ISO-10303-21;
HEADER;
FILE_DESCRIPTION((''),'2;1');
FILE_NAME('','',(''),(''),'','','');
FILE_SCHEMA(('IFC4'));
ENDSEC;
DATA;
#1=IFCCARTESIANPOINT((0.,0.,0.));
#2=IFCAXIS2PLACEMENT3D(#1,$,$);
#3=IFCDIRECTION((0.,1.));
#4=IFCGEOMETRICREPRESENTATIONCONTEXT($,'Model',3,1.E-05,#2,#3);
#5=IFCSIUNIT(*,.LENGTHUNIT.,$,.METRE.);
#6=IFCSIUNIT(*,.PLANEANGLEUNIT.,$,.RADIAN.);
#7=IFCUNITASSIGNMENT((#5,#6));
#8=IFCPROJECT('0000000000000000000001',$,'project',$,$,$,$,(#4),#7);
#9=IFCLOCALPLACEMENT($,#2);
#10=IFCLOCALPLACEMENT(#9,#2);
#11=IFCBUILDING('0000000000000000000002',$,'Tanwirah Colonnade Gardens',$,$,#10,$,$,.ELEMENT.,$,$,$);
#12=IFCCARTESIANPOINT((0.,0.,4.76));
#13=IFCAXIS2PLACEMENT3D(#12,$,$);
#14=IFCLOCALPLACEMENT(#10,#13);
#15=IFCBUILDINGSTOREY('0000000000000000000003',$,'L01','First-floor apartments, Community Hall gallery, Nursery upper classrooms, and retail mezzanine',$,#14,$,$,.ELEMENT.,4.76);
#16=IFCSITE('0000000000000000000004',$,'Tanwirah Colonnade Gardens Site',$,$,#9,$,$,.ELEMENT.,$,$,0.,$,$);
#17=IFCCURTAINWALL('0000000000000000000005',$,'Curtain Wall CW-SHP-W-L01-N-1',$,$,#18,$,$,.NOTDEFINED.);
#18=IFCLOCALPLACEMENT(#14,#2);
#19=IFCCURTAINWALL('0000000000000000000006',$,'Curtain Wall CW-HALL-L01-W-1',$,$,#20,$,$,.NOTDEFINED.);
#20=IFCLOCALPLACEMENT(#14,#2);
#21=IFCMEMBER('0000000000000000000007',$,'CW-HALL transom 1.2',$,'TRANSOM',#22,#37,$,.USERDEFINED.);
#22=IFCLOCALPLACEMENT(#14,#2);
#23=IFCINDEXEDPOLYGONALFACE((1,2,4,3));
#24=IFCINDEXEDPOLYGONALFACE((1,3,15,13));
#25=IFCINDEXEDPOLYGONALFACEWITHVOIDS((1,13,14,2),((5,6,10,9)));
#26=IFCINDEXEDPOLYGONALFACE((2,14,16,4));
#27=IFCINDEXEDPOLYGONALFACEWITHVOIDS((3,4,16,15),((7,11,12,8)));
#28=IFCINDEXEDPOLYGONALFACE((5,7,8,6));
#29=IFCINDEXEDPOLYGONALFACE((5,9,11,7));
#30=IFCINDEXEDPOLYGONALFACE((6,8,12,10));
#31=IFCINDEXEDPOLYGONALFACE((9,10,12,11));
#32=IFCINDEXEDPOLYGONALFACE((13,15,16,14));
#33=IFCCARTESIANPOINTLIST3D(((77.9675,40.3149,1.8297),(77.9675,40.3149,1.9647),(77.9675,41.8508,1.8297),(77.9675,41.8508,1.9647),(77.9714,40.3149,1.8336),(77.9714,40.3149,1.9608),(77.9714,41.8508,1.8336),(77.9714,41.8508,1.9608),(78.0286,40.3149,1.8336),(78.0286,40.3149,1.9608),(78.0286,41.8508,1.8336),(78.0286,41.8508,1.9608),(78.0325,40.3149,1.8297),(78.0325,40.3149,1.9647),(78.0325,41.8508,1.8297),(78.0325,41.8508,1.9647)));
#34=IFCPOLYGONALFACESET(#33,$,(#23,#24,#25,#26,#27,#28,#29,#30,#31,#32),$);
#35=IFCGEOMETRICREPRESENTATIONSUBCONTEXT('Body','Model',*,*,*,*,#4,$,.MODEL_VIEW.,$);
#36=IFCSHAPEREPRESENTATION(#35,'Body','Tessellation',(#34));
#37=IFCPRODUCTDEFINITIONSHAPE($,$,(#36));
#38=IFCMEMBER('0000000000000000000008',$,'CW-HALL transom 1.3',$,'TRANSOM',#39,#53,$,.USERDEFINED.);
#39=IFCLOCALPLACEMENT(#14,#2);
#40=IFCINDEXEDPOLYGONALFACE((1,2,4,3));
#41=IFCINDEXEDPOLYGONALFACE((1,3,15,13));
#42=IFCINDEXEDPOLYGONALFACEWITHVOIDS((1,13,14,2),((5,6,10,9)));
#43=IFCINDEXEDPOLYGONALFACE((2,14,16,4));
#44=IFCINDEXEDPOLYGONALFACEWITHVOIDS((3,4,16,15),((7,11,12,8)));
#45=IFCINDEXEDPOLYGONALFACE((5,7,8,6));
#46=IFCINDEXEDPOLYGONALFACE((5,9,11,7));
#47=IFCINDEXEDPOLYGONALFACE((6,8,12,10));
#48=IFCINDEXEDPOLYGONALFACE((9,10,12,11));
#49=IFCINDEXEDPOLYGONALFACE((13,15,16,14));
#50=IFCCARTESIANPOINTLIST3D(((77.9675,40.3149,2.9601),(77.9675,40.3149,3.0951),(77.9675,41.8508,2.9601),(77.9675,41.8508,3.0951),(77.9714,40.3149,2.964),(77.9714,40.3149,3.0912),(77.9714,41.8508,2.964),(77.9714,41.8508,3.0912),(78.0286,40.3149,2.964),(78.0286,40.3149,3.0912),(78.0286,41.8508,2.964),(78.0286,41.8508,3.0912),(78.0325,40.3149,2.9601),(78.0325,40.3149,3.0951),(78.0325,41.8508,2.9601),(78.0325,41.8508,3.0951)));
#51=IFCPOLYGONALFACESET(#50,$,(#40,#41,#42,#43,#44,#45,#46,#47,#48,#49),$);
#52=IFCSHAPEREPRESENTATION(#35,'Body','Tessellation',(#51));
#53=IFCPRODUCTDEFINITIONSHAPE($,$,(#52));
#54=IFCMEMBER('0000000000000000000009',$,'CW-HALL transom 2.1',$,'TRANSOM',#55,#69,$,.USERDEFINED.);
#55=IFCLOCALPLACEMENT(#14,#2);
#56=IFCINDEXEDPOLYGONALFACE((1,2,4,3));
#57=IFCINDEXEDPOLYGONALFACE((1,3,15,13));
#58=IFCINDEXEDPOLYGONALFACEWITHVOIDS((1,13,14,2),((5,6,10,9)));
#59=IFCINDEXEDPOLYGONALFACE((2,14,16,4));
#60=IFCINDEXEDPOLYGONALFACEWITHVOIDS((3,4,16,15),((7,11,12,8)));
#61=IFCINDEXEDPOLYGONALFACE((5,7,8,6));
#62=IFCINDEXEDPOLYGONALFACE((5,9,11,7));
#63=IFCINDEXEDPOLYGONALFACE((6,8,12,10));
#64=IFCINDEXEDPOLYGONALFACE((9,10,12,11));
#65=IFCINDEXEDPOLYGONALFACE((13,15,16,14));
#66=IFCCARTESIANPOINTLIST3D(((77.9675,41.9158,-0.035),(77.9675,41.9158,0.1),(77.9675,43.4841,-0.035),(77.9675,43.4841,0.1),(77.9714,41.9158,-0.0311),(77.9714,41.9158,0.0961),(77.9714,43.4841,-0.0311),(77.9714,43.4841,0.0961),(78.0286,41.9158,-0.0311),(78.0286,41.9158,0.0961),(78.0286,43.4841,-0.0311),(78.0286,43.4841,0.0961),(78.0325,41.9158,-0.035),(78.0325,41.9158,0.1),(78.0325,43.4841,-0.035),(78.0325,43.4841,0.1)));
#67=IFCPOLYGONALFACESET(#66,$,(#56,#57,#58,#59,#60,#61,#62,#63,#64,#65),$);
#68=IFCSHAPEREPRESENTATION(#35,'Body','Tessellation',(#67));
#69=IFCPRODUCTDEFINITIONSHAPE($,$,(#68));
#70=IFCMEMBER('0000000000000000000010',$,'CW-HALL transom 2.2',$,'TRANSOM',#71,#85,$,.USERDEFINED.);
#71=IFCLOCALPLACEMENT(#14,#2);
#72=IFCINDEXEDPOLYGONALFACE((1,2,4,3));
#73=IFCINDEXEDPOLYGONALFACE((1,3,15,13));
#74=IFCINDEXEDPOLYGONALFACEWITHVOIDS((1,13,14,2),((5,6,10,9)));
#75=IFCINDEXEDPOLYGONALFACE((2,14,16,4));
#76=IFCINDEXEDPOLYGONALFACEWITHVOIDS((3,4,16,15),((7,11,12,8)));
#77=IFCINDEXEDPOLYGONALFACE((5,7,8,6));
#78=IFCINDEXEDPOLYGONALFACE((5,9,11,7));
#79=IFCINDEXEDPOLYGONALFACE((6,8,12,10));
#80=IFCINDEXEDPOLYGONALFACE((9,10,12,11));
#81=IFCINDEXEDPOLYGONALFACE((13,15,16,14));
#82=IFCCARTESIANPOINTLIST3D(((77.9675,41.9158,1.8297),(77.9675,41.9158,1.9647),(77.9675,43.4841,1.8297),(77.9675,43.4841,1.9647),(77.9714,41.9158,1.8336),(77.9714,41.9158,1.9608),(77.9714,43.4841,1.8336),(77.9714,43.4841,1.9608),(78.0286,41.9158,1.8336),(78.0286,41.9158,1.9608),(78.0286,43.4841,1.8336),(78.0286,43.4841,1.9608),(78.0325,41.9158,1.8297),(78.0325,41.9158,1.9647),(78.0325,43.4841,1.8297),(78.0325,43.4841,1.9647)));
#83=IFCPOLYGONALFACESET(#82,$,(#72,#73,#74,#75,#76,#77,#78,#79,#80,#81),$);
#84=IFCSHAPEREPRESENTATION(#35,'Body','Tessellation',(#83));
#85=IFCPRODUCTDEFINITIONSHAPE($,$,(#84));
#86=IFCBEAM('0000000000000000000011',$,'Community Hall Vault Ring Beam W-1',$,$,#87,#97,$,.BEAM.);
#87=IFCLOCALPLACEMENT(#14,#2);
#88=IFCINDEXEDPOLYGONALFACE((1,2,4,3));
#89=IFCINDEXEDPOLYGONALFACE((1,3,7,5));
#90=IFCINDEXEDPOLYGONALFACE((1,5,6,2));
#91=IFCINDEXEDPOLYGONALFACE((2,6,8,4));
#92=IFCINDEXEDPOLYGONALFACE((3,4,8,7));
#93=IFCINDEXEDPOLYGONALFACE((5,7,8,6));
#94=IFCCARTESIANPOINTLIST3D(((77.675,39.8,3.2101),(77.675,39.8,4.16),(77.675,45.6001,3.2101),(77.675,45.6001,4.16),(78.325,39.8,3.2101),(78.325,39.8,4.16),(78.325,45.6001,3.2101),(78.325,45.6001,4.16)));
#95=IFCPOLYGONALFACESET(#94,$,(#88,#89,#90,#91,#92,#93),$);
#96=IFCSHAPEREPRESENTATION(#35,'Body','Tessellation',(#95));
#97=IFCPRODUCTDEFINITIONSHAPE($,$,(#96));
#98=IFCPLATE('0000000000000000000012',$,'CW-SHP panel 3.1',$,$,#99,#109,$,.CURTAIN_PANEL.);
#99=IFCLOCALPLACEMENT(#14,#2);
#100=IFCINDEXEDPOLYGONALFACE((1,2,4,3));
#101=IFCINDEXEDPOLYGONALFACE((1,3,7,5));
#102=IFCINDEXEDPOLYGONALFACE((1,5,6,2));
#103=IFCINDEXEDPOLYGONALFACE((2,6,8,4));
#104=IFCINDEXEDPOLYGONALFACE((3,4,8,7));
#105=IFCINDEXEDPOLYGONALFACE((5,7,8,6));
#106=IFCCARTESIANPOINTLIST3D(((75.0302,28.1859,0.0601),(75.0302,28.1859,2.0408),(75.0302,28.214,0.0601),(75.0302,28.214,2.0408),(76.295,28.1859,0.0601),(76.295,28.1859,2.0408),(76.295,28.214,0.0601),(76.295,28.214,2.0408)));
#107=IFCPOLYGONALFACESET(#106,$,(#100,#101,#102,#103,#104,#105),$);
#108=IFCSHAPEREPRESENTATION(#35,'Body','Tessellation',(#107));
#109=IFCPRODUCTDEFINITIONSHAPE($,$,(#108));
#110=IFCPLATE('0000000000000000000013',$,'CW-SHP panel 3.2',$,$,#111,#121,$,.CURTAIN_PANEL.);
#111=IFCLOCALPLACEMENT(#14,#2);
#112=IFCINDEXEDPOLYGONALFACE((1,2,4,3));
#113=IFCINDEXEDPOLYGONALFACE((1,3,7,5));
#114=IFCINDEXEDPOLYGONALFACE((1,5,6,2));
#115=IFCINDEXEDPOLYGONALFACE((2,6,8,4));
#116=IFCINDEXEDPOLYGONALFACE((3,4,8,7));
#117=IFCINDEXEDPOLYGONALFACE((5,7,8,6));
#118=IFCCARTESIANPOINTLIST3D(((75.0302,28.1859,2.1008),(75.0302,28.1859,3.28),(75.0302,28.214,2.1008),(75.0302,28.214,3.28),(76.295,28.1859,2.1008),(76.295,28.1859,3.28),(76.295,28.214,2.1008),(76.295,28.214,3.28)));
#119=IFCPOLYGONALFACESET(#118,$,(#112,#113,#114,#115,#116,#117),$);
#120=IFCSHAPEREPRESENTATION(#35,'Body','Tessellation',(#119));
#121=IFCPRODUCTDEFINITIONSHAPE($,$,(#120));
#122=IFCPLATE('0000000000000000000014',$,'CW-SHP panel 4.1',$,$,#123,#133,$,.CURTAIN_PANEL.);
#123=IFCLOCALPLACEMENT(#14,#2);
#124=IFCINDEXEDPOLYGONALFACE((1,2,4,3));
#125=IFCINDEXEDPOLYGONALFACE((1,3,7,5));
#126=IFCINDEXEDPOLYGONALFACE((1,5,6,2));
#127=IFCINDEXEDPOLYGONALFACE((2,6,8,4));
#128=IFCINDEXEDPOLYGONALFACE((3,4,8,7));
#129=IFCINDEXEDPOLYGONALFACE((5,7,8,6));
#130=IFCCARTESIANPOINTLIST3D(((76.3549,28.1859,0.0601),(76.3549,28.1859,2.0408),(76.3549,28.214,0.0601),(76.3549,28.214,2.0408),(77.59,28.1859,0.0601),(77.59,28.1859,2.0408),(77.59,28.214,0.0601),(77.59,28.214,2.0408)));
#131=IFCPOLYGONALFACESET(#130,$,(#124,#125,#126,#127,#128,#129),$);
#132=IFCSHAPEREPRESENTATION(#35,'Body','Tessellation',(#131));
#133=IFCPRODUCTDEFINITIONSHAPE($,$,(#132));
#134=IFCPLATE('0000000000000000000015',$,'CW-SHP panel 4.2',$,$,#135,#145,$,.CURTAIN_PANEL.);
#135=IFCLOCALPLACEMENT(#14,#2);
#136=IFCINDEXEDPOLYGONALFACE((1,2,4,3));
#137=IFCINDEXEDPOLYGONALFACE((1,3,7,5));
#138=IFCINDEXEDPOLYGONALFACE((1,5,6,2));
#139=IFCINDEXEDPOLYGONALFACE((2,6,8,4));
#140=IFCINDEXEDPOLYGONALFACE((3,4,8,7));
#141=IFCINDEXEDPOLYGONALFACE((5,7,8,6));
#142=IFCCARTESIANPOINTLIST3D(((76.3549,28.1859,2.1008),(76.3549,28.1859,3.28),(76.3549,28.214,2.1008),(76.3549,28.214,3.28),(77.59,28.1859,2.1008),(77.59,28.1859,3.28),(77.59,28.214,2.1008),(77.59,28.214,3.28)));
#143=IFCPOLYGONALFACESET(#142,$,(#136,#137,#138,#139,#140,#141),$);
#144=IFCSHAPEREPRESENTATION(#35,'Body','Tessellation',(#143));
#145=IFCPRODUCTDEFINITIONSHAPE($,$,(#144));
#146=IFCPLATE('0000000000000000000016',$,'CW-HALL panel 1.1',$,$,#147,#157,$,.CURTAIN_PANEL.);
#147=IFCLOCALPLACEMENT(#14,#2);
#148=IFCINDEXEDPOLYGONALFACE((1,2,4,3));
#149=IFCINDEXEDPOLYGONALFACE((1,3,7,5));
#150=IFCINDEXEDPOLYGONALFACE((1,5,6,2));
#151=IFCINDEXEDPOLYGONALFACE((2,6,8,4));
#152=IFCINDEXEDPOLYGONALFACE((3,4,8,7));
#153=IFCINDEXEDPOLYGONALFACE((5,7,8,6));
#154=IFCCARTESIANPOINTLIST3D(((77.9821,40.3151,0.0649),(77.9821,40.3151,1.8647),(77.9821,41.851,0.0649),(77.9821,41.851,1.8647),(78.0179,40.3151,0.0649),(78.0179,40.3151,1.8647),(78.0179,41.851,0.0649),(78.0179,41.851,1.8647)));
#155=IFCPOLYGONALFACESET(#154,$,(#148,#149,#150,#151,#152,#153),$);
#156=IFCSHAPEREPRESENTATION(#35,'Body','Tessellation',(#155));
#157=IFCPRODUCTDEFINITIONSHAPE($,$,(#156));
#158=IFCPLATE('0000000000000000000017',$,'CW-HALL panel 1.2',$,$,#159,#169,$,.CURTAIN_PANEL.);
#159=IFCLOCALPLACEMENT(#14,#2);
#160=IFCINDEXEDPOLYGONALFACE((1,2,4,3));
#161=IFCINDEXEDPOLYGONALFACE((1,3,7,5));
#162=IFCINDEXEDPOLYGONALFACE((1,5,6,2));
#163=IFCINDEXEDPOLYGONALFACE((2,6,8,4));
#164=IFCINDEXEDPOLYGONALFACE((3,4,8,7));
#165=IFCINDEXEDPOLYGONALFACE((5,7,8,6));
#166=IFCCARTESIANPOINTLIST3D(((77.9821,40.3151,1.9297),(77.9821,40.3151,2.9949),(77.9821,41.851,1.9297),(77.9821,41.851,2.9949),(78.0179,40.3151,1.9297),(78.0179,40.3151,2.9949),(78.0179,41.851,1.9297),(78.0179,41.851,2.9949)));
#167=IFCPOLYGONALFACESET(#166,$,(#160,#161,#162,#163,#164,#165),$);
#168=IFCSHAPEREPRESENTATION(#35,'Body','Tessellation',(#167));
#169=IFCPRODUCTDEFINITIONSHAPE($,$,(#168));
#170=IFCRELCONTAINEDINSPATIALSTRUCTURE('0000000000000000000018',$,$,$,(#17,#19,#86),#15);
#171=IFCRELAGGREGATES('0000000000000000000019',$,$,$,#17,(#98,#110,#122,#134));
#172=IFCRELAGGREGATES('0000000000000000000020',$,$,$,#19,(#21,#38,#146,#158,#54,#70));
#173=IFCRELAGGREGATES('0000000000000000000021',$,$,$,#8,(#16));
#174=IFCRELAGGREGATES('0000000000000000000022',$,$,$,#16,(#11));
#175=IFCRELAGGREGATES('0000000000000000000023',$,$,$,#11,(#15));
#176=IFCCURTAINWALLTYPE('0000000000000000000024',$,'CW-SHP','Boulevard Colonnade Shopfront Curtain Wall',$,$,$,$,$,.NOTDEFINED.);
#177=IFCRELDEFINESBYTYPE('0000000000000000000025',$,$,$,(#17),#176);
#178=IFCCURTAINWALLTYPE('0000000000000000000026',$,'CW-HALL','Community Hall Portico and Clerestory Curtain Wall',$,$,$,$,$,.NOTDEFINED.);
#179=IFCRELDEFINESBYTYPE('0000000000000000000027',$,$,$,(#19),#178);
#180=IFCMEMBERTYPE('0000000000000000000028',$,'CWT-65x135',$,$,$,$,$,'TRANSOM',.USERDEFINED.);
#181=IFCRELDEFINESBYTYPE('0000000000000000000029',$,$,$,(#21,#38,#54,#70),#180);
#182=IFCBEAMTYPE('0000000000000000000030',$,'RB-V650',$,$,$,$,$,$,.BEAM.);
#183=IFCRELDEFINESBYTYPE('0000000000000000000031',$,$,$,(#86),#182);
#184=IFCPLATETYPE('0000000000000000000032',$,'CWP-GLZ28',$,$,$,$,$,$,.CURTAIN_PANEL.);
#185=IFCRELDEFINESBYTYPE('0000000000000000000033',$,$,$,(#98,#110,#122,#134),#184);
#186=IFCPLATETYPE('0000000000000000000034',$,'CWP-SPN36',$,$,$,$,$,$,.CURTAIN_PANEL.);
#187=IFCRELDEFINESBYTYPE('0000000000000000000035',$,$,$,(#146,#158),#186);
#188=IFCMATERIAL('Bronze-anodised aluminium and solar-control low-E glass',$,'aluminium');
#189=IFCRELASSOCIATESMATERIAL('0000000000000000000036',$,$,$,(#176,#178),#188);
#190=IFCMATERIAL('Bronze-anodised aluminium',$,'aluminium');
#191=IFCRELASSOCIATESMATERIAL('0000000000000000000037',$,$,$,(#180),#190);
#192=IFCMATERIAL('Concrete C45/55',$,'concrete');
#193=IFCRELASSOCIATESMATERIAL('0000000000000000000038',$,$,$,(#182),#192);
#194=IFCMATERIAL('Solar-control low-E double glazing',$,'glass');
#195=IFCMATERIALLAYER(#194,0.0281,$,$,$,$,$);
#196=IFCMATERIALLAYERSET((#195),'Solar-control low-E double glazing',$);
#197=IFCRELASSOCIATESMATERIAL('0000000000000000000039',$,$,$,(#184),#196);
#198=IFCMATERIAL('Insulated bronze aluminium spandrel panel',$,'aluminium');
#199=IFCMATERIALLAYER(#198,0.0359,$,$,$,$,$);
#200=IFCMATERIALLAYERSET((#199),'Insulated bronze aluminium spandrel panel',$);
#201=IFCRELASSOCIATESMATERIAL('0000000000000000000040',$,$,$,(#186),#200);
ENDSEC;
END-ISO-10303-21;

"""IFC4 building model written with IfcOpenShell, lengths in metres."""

from ifc_helpers import new_model, si_unit, direction, frame, origin, origin_2d, place, context, subcontext, project, spatial, rectangle, hollow_rectangle, extrude, material, layer, layer_set, material_profile, profile_set, type_object, element, aggregate, save


model = new_model("IFC4")

# Units and contexts
model_context = context("Model", 3, precision=1e-05, world=origin(), true_north=direction((0.0, 1.0)))
body_context = subcontext(model_context, "Body", "Model", "MODEL_VIEW")
ifc_project = project(units=[si_unit("LENGTHUNIT", "METRE"), si_unit("PLANEANGLEUNIT", "RADIAN")], contexts=[model_context])

# Site, building, storey
site_placement = place(None, origin())
site = spatial("IfcSite", under=ifc_project, at=site_placement, Name="Tanwirah Colonnade Gardens Site", CompositionType="ELEMENT", RefElevation=0.0)
building_placement = place(site_placement, origin())
building = spatial("IfcBuilding", under=site, at=building_placement, Name="Tanwirah Colonnade Gardens", CompositionType="ELEMENT")
storey_placement = place(building_placement, frame((0.0, 0.0, 4.76)))
storey = spatial("IfcBuildingStorey", under=building, at=storey_placement, Name="L01", Description="First-floor apartments, Community Hall gallery, Nursery upper classrooms, and retail mezzanine", CompositionType="ELEMENT", Elevation=4.76)

# Shared definitions
ifc_material_1 = material(Name="Concrete C45/55", Category="concrete")

# Curtain walls
ifc_material_2 = material(Name="Bronze-anodised aluminium and solar-control low-E glass", Category="aluminium")
curtain_wall_type_1 = type_object("IfcCurtainWallType", Name="CW-SHP", Description="Boulevard Colonnade Shopfront Curtain Wall", PredefinedType="NOTDEFINED", material=ifc_material_2)
curtain_wall_1_placement = place(storey_placement, origin())
curtain_wall_1 = element("IfcCurtainWall", 1, at=curtain_wall_1_placement, inside=storey, type_object=curtain_wall_type_1, Name="Curtain Wall CW-SHP-W-L01-N-1", PredefinedType="NOTDEFINED")
ifc_material_3 = material(Name="Bronze-anodised aluminium", Category="aluminium")
curtain_wall_type_2 = type_object("IfcCurtainWallType", Name="CW-HALL", Description="Community Hall Portico and Clerestory Curtain Wall", PredefinedType="NOTDEFINED", material=ifc_material_2)
curtain_wall_2_placement = place(storey_placement, origin())
curtain_wall_2 = element("IfcCurtainWall", 2, at=curtain_wall_2_placement, inside=storey, type_object=curtain_wall_type_2, Name="Curtain Wall CW-HALL-L01-W-1", PredefinedType="NOTDEFINED")

# Members
ifc_material_profile_1 = material_profile(ifc_material_3, hollow_rectangle(XDim=0.0649, YDim=0.135, WallThickness=0.0039, at=origin_2d()), Name="CW-TRN 65x135x4")
ifc_profile_set_1 = profile_set([ifc_material_profile_1], Name="Bronze-anodised aluminium")
member_type_1 = type_object("IfcMemberType", Name="CWT-65x135", ElementType="TRANSOM", PredefinedType="USERDEFINED", material=ifc_profile_set_1)
member_1_placement = place(storey_placement, frame((78.0, 40.3149, 1.8972), z_axis=(0.0, 1.0, 0.0), x_axis=(-1.0, 0.0, 0.0)))
member_1 = element("IfcMember", 3, at=member_1_placement, type_object=member_type_1, Name="CW-HALL transom 1.2", ObjectType="TRANSOM", PredefinedType="USERDEFINED", context=body_context, shape_type="SweptSolid", body=[
    extrude(hollow_rectangle(XDim=0.0649, YDim=0.135, WallThickness=0.0039, at=origin_2d()), origin(), (0.0, 0.0, 1.0), 1.5359),
])
member_2_placement = place(storey_placement, frame((78.0, 40.3149, 3.0276), z_axis=(0.0, 1.0, 0.0), x_axis=(-1.0, 0.0, 0.0)))
member_2 = element("IfcMember", 4, at=member_2_placement, type_object=member_type_1, Name="CW-HALL transom 1.3", ObjectType="TRANSOM", PredefinedType="USERDEFINED", context=body_context, shape_type="SweptSolid", body=[
    extrude(hollow_rectangle(XDim=0.0649, YDim=0.135, WallThickness=0.0039, at=origin_2d()), origin(), (0.0, 0.0, 1.0), 1.5359),
])
member_3_placement = place(storey_placement, frame((78.0, 41.9158, 0.0325), z_axis=(0.0, 1.0, 0.0), x_axis=(-1.0, 0.0, 0.0)))
member_3 = element("IfcMember", 5, at=member_3_placement, type_object=member_type_1, Name="CW-HALL transom 2.1", ObjectType="TRANSOM", PredefinedType="USERDEFINED", context=body_context, shape_type="SweptSolid", body=[
    extrude(hollow_rectangle(XDim=0.0649, YDim=0.135, WallThickness=0.0039, at=origin_2d()), origin(), (0.0, 0.0, 1.0), 1.5684),
])
member_4_placement = place(storey_placement, frame((78.0, 41.9158, 1.8972), z_axis=(0.0, 1.0, 0.0), x_axis=(-1.0, 0.0, 0.0)))
member_4 = element("IfcMember", 6, at=member_4_placement, type_object=member_type_1, Name="CW-HALL transom 2.2", ObjectType="TRANSOM", PredefinedType="USERDEFINED", context=body_context, shape_type="SweptSolid", body=[
    extrude(hollow_rectangle(XDim=0.0649, YDim=0.135, WallThickness=0.0039, at=origin_2d()), origin(), (0.0, 0.0, 1.0), 1.5684),
])

# Beam
ifc_material_profile_2 = material_profile(ifc_material_1, rectangle(XDim=0.6499, YDim=0.95, at=origin_2d()), Name="RC-RB 650x950")
ifc_profile_set_2 = profile_set([ifc_material_profile_2], Name="Concrete C45/55")
beam_type = type_object("IfcBeamType", Name="RB-V650", PredefinedType="BEAM", material=ifc_profile_set_2)
beam_placement = place(storey_placement, frame((78.0, 39.8, 3.6851), z_axis=(0.0, 1.0, 0.0), x_axis=(-1.0, 0.0, 0.0)))
element("IfcBeam", 7, at=beam_placement, inside=storey, type_object=beam_type, Name="Community Hall Vault Ring Beam W-1", PredefinedType="BEAM", context=body_context, shape_type="SweptSolid", body=[
    extrude(rectangle(XDim=0.6499, YDim=0.95, at=origin_2d()), origin(), (0.0, 0.0, 1.0), 5.8),
])

# Plates
ifc_material_4 = material(Name="Solar-control low-E double glazing", Category="glass")
ifc_layer_1 = layer(ifc_material_4, 0.0281)
ifc_layer_set_1 = layer_set([ifc_layer_1], Name="Solar-control low-E double glazing")
plate_type_1 = type_object("IfcPlateType", Name="CWP-GLZ28", PredefinedType="CURTAIN_PANEL", material=ifc_layer_set_1)
plate_1_placement = place(storey_placement, frame((75.6626, 28.2, 0.0601), z_axis=(0.0, 0.0, 1.0), x_axis=(1.0, 0.0, 0.0)))
plate_1 = element("IfcPlate", 8, at=plate_1_placement, type_object=plate_type_1, Name="CW-SHP panel 3.1", PredefinedType="CURTAIN_PANEL", context=body_context, shape_type="SweptSolid", body=[
    extrude(rectangle(XDim=1.2649, YDim=0.0281, at=origin_2d()), origin(), (0.0, 0.0, 1.0), 1.9807),
])
plate_2_placement = place(storey_placement, frame((75.6626, 28.2, 2.1008), z_axis=(0.0, 0.0, 1.0), x_axis=(1.0, 0.0, 0.0)))
plate_2 = element("IfcPlate", 9, at=plate_2_placement, type_object=plate_type_1, Name="CW-SHP panel 3.2", PredefinedType="CURTAIN_PANEL", context=body_context, shape_type="SweptSolid", body=[
    extrude(rectangle(XDim=1.2649, YDim=0.0281, at=origin_2d()), origin(), (0.0, 0.0, 1.0), 1.1792),
])
plate_3_placement = place(storey_placement, frame((76.9724, 28.2, 0.0601), z_axis=(0.0, 0.0, 1.0), x_axis=(1.0, 0.0, 0.0)))
plate_3 = element("IfcPlate", 10, at=plate_3_placement, type_object=plate_type_1, Name="CW-SHP panel 4.1", PredefinedType="CURTAIN_PANEL", context=body_context, shape_type="SweptSolid", body=[
    extrude(rectangle(XDim=1.2351, YDim=0.0281, at=origin_2d()), origin(), (0.0, 0.0, 1.0), 1.9807),
])
plate_4_placement = place(storey_placement, frame((76.9724, 28.2, 2.1008), z_axis=(0.0, 0.0, 1.0), x_axis=(1.0, 0.0, 0.0)))
plate_4 = element("IfcPlate", 11, at=plate_4_placement, type_object=plate_type_1, Name="CW-SHP panel 4.2", PredefinedType="CURTAIN_PANEL", context=body_context, shape_type="SweptSolid", body=[
    extrude(rectangle(XDim=1.2351, YDim=0.0281, at=origin_2d()), origin(), (0.0, 0.0, 1.0), 1.1792),
])
aggregate(curtain_wall_1, [plate_1, plate_2, plate_3, plate_4])
ifc_material_5 = material(Name="Insulated bronze aluminium spandrel panel", Category="aluminium")
ifc_layer_2 = layer(ifc_material_5, 0.0359)
ifc_layer_set_2 = layer_set([ifc_layer_2], Name="Insulated bronze aluminium spandrel panel")
plate_type_2 = type_object("IfcPlateType", Name="CWP-SPN36", PredefinedType="CURTAIN_PANEL", material=ifc_layer_set_2)
plate_5_placement = place(storey_placement, frame((78.0, 41.083, 0.0649), z_axis=(0.0, 0.0, 1.0), x_axis=(0.0, 1.0, 0.0)))
plate_5 = element("IfcPlate", 12, at=plate_5_placement, type_object=plate_type_2, Name="CW-HALL panel 1.1", PredefinedType="CURTAIN_PANEL", context=body_context, shape_type="SweptSolid", body=[
    extrude(rectangle(XDim=1.5359, YDim=0.0359, at=origin_2d()), origin(), (0.0, 0.0, 1.0), 1.7998),
])
plate_6_placement = place(storey_placement, frame((78.0, 41.083, 1.9297), z_axis=(0.0, 0.0, 1.0), x_axis=(0.0, 1.0, 0.0)))
plate_6 = element("IfcPlate", 13, at=plate_6_placement, type_object=plate_type_2, Name="CW-HALL panel 1.2", PredefinedType="CURTAIN_PANEL", context=body_context, shape_type="SweptSolid", body=[
    extrude(rectangle(XDim=1.5359, YDim=0.0359, at=origin_2d()), origin(), (0.0, 0.0, 1.0), 1.0652),
])
aggregate(curtain_wall_2, [member_1, member_2, plate_5, plate_6, member_3, member_4])

save(model, "model.ifc")
